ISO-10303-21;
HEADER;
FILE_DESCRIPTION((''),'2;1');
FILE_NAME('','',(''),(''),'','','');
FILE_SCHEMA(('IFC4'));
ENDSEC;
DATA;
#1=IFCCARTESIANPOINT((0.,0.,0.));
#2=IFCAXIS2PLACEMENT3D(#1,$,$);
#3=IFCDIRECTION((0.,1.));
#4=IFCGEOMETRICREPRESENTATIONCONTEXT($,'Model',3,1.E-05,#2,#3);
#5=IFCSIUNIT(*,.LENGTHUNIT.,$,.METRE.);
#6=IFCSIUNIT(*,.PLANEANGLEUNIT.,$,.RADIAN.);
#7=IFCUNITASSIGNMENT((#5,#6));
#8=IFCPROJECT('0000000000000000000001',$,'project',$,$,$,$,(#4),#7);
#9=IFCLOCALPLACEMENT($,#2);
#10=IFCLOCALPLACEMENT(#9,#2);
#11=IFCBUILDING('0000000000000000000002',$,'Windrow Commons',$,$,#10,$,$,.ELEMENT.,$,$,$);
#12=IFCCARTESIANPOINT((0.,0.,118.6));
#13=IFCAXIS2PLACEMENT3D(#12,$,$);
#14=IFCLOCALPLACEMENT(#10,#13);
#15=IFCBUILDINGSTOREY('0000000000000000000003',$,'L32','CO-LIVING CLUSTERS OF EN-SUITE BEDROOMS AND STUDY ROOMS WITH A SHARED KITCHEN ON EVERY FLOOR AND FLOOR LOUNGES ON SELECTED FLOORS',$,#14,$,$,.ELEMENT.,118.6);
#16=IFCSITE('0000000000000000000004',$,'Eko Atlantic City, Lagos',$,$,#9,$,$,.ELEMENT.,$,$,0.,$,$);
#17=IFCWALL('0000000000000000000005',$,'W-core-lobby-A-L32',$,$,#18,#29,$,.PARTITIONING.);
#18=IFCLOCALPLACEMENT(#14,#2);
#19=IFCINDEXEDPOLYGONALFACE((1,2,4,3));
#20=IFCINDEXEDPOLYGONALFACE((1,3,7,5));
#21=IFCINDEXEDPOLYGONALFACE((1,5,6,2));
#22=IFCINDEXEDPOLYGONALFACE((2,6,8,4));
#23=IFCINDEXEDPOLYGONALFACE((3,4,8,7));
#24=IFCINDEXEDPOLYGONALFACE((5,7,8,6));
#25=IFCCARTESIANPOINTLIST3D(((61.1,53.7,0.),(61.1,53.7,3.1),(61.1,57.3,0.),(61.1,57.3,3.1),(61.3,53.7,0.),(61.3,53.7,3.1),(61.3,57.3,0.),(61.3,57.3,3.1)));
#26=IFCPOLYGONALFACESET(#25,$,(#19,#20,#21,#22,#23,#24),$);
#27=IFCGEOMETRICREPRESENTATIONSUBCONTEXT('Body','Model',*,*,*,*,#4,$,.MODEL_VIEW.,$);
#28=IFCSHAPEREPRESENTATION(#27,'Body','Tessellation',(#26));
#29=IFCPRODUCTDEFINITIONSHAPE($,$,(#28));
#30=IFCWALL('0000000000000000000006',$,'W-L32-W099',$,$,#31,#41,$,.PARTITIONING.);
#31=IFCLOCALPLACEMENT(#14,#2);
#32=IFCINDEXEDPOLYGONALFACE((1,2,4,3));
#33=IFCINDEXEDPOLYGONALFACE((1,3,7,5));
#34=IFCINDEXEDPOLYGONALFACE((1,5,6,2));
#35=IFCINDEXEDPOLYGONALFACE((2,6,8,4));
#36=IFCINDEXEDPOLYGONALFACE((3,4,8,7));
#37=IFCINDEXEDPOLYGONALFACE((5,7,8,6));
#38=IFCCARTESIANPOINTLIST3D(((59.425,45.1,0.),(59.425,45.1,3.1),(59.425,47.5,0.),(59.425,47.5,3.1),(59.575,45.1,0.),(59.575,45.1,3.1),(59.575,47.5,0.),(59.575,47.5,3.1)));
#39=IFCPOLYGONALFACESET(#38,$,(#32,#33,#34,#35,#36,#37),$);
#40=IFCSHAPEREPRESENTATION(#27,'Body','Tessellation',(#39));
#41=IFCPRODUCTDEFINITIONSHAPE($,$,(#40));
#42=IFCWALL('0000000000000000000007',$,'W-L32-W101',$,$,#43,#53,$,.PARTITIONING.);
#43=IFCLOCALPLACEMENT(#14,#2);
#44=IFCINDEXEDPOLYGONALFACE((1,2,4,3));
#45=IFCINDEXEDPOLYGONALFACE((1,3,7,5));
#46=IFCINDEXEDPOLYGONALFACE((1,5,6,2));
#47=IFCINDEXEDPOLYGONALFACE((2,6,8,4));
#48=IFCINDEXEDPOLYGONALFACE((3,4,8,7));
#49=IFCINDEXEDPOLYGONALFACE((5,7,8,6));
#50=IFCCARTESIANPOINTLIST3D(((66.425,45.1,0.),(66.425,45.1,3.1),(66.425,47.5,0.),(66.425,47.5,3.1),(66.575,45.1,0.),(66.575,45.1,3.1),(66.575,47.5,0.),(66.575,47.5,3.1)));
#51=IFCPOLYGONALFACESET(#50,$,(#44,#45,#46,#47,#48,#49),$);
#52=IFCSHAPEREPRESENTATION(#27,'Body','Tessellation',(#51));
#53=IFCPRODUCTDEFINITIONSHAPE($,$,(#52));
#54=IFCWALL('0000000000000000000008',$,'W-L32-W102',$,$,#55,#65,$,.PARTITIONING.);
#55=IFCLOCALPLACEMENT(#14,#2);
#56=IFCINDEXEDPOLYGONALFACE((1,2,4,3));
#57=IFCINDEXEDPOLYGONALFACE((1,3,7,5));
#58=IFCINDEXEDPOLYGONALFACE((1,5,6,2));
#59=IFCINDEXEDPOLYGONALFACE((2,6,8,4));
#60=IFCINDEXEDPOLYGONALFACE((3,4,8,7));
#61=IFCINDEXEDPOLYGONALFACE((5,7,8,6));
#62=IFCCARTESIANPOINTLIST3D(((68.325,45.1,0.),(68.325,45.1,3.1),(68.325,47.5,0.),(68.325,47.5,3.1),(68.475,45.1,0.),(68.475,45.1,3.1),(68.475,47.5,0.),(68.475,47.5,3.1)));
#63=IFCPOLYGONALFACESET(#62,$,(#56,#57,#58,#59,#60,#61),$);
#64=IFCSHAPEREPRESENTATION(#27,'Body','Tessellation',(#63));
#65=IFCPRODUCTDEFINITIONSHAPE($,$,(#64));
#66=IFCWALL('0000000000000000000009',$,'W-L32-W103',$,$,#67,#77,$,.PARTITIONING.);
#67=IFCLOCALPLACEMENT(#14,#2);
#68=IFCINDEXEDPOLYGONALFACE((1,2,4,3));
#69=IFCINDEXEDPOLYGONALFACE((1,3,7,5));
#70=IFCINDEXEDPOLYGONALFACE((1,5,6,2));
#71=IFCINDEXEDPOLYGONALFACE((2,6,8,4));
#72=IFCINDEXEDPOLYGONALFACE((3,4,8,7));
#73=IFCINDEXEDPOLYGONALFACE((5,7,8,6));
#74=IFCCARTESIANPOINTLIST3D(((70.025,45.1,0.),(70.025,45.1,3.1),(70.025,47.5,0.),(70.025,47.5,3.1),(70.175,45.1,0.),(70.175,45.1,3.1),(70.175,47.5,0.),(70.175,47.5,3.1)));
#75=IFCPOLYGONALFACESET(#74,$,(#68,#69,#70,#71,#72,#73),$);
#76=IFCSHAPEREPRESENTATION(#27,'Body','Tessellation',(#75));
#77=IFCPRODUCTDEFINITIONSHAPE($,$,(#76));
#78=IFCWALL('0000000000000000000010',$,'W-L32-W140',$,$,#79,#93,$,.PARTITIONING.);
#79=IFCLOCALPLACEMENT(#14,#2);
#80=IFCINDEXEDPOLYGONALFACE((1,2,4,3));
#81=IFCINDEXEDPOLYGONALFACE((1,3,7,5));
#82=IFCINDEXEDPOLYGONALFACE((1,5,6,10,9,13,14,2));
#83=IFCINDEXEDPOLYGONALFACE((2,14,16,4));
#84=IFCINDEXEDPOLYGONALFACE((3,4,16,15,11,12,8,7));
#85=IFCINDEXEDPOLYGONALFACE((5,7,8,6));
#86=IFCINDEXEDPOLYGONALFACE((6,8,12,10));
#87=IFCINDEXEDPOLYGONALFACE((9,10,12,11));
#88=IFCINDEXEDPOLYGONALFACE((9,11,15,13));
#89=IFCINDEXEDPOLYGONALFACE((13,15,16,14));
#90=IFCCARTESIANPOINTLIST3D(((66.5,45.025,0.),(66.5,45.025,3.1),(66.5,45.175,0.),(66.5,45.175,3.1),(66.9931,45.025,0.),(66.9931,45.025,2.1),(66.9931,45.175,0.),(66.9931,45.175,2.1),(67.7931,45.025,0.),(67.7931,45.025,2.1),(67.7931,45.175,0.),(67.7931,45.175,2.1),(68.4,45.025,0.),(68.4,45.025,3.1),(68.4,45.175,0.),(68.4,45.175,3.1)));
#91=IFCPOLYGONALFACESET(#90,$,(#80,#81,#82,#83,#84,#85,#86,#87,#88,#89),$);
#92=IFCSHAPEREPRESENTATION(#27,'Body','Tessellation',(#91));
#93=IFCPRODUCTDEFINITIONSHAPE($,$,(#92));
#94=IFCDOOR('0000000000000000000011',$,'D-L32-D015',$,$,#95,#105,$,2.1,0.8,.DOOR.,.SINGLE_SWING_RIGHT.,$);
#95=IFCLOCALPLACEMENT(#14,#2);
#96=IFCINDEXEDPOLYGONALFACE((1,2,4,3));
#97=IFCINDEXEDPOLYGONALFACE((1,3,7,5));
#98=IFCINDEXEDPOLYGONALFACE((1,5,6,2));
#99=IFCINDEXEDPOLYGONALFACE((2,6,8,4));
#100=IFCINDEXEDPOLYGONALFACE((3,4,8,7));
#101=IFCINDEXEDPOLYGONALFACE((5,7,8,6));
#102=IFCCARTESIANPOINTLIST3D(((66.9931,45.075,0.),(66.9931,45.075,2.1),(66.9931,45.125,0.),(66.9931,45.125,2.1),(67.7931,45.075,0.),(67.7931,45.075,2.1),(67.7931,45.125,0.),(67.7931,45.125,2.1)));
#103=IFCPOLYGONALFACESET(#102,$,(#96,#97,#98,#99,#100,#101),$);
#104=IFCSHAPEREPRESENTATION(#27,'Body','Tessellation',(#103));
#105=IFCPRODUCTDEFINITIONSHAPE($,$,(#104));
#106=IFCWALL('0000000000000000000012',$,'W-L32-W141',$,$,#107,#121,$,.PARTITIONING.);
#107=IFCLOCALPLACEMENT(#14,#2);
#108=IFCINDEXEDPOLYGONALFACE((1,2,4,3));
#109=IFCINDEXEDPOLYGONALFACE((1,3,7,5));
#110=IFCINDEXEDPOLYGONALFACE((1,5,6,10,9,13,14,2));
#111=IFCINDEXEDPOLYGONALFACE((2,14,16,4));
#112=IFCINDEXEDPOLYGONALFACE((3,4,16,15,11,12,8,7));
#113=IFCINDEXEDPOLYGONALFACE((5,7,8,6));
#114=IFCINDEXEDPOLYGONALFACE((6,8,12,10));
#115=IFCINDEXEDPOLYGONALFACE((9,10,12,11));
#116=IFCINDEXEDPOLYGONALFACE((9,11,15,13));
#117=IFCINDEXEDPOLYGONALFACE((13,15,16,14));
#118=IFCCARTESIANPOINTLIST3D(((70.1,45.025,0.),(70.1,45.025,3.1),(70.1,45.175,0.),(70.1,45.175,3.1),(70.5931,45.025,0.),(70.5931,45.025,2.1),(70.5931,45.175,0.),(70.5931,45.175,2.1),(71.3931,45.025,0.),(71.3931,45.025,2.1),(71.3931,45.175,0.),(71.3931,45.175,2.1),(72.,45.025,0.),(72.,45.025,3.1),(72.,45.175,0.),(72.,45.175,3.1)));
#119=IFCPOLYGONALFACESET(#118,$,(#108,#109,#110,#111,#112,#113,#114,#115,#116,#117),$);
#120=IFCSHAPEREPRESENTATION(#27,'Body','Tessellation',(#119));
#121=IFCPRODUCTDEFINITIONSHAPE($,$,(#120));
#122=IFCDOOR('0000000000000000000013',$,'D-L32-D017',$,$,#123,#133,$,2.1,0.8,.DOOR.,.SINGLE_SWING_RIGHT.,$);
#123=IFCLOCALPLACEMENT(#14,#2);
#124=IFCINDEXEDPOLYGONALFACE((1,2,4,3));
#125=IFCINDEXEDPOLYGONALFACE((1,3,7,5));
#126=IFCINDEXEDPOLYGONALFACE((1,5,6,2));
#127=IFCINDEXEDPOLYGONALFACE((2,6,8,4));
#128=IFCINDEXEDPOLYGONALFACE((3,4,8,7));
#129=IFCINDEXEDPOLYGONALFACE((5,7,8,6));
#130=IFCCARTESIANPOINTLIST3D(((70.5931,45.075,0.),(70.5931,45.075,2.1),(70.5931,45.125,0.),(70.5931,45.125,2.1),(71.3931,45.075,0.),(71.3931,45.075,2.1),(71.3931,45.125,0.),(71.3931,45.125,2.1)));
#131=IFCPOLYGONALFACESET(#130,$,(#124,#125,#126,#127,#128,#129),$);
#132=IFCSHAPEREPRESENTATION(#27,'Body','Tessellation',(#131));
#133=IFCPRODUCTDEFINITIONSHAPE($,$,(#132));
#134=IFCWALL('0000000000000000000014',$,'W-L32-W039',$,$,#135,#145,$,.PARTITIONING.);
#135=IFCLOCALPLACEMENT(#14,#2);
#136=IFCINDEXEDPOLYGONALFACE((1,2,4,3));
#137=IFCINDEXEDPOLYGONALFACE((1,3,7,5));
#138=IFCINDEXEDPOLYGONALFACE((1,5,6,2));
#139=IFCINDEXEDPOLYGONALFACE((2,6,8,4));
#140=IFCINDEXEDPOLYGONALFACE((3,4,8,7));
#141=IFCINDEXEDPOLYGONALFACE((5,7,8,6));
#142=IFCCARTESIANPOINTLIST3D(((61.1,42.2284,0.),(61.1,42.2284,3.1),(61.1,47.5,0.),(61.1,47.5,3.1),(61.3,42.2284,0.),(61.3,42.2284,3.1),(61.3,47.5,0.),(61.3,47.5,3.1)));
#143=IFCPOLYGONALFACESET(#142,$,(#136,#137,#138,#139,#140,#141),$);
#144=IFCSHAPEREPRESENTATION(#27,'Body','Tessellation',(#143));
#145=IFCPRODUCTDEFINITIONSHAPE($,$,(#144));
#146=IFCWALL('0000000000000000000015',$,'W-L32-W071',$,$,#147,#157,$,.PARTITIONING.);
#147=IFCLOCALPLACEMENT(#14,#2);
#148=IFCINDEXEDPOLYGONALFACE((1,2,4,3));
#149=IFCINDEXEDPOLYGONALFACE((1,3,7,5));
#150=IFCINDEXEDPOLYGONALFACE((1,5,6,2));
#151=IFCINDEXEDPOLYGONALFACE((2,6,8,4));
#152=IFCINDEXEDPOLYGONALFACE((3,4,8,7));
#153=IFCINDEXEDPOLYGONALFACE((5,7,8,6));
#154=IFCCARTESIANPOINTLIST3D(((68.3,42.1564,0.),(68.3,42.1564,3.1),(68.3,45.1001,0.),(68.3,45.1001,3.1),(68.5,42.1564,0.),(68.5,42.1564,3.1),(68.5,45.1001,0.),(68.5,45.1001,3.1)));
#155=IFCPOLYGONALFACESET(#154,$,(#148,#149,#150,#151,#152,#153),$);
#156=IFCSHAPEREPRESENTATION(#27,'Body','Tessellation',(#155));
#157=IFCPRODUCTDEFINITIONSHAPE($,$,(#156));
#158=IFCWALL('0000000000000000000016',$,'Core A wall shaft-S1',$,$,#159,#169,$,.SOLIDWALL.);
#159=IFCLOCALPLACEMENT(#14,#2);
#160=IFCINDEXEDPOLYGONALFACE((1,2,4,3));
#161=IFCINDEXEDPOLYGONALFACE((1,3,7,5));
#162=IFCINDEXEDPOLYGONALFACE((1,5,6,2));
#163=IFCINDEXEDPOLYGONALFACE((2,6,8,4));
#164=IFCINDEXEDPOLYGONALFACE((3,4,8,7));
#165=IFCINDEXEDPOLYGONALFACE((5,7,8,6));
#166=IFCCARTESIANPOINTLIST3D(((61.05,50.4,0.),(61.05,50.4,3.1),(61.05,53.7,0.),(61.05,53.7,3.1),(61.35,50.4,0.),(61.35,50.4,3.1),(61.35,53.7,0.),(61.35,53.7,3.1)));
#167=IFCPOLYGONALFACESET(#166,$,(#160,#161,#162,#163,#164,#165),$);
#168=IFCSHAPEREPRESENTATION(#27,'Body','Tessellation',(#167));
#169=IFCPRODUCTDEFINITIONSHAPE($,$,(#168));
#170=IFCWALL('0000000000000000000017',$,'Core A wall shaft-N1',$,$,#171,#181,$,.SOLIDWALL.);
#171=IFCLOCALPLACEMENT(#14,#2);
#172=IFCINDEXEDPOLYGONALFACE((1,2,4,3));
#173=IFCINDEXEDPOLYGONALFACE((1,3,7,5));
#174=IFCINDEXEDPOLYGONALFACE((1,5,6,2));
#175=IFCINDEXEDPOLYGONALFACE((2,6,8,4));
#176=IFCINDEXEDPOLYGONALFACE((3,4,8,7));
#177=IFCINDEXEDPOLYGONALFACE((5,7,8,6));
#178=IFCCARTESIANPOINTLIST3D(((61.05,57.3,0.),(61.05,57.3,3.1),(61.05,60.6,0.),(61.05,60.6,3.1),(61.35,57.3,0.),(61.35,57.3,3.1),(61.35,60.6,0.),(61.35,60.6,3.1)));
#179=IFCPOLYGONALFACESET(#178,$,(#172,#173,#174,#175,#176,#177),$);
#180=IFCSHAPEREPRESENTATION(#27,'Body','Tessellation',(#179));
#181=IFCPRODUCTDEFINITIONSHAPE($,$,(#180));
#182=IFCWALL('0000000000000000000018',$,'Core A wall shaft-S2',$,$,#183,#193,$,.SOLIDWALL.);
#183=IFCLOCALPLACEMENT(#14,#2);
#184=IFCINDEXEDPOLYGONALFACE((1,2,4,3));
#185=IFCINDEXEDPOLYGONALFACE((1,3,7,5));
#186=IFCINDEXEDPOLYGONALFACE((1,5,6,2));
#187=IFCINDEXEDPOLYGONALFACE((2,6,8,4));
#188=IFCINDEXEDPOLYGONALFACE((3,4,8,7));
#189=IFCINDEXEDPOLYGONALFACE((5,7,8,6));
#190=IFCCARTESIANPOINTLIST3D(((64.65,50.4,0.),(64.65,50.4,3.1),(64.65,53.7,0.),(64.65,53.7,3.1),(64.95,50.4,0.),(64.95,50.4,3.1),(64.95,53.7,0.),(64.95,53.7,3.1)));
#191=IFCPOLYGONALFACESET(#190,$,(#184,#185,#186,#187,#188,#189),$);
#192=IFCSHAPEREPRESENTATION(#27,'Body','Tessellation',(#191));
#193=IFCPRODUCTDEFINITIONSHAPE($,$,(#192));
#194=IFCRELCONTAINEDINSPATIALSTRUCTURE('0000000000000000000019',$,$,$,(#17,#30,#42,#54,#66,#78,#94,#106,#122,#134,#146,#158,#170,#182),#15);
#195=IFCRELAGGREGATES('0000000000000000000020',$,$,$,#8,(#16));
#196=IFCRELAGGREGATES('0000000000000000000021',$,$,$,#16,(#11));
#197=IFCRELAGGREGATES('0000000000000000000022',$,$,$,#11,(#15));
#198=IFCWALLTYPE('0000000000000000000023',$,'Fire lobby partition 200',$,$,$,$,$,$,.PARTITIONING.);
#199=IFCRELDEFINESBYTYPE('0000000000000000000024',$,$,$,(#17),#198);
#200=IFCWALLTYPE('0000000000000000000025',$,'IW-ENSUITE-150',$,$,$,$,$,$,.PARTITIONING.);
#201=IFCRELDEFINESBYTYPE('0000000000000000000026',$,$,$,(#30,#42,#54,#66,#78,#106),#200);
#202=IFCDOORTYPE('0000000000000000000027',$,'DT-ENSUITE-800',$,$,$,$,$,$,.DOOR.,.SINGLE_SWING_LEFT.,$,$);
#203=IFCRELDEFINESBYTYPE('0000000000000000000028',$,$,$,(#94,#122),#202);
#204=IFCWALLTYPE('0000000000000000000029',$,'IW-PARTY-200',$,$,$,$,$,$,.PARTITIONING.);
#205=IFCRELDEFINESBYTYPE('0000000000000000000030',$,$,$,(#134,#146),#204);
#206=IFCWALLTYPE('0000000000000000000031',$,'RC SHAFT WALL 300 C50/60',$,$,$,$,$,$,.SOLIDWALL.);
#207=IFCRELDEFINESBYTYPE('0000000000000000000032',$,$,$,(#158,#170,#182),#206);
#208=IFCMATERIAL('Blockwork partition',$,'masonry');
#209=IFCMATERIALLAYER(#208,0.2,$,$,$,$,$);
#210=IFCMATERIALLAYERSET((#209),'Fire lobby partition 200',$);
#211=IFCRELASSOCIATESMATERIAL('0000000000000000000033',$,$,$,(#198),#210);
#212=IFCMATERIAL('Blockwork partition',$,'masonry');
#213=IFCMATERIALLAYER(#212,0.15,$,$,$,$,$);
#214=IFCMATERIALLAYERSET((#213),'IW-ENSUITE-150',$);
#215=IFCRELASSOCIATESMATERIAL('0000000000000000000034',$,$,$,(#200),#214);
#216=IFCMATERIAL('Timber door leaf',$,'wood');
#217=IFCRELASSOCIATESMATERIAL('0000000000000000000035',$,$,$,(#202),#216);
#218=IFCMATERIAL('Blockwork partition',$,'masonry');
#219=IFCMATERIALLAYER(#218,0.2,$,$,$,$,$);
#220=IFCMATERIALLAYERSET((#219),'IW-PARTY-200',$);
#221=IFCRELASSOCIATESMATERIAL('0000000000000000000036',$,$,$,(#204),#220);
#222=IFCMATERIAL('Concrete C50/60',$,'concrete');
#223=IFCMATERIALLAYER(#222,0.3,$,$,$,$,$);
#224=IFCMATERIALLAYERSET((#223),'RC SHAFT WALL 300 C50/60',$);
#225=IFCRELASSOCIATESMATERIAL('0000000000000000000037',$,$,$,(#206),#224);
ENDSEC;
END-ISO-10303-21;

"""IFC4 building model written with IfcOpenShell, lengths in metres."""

from ifc_helpers import new_model, si_unit, direction, frame, frame_2d, origin, place, context, subcontext, project, spatial, rectangle, extrude, material, layer, layer_set, type_object, element, fill, save


model = new_model("IFC4")

# Units and contexts
model_context = context("Model", 3, precision=1e-05, world=origin(), true_north=direction((0.0, 1.0)))
body_context = subcontext(model_context, "Body", "Model", "MODEL_VIEW")
ifc_project = project(units=[si_unit("LENGTHUNIT", "METRE"), si_unit("PLANEANGLEUNIT", "RADIAN")], contexts=[model_context])

# Site, building, storey
site_placement = place(None, origin())
site = spatial("IfcSite", under=ifc_project, at=site_placement, Name="Eko Atlantic City, Lagos", CompositionType="ELEMENT", RefElevation=0.0)
building_placement = place(site_placement, origin())
building = spatial("IfcBuilding", under=site, at=building_placement, Name="Windrow Commons", CompositionType="ELEMENT")
storey_placement = place(building_placement, frame((0.0, 0.0, 118.6)))
storey = spatial("IfcBuildingStorey", under=building, at=storey_placement, Name="L32", Description="CO-LIVING CLUSTERS OF EN-SUITE BEDROOMS AND STUDY ROOMS WITH A SHARED KITCHEN ON EVERY FLOOR AND FLOOR LOUNGES ON SELECTED FLOORS", CompositionType="ELEMENT", Elevation=118.6)

# Walls
ifc_material_1 = material(Name="Blockwork partition", Category="masonry")
ifc_layer_1 = layer(ifc_material_1, 0.2)
ifc_layer_set_1 = layer_set([ifc_layer_1], Name="Fire lobby partition 200")
wall_type_1 = type_object("IfcWallType", Name="Fire lobby partition 200", PredefinedType="PARTITIONING", material=ifc_layer_set_1)
wall_1_placement = place(storey_placement, frame((61.2, 53.7, 0.0), z_axis=(0.0, 0.0, 1.0), x_axis=(0.0, 1.0, 0.0)))
element("IfcWall", 1, at=wall_1_placement, inside=storey, type_object=wall_type_1, Name="W-core-lobby-A-L32", PredefinedType="PARTITIONING", context=body_context, shape_type="SweptSolid", body=[
    extrude(rectangle(XDim=3.6, YDim=0.2, at=frame_2d((1.8, 0.0))), origin(), (0.0, 0.0, 1.0), 3.1),
])
ifc_material_2 = material(Name="Blockwork partition", Category="masonry")
ifc_layer_2 = layer(ifc_material_2, 0.15)
ifc_layer_set_2 = layer_set([ifc_layer_2], Name="IW-ENSUITE-150")
wall_type_2 = type_object("IfcWallType", Name="IW-ENSUITE-150", PredefinedType="PARTITIONING", material=ifc_layer_set_2)
for number, where, z_axis, x_axis, name in (
    (2, (59.5, 45.1, 0.0), (0.0, 0.0, 1.0), (0.0, 1.0, 0.0), "W-L32-W099"),
    (3, (66.5, 45.1, 0.0), (0.0, 0.0, 1.0), (0.0, 1.0, 0.0), "W-L32-W101"),
    (4, (68.4, 45.1, 0.0), (0.0, 0.0, 1.0), (0.0, 1.0, 0.0), "W-L32-W102"),
    (5, (70.1, 45.1, 0.0), (0.0, 0.0, 1.0), (0.0, 1.0, 0.0), "W-L32-W103"),
):
    element("IfcWall", number, at=place(storey_placement, frame(where, z_axis=z_axis, x_axis=x_axis)), inside=storey, type_object=wall_type_2, Name=name, PredefinedType="PARTITIONING", context=body_context, shape_type="SweptSolid", body=[
        extrude(rectangle(XDim=2.4, YDim=0.15, at=frame_2d((1.2, 0.0))), origin(), (0.0, 0.0, 1.0), 3.1),
    ])

# Walls, openings, doors
wall_2_placement = place(storey_placement, frame((66.5, 45.1, 0.0), z_axis=(0.0, 0.0, 1.0), x_axis=(1.0, 0.0, 0.0)))
wall_2 = element("IfcWall", 6, at=wall_2_placement, inside=storey, type_object=wall_type_2, Name="W-L32-W140", PredefinedType="PARTITIONING", context=body_context, shape_type="SweptSolid", body=[
    extrude(rectangle(XDim=1.9, YDim=0.15, at=frame_2d((0.95, 0.0))), origin(), (0.0, 0.0, 1.0), 3.1),
])
opening_1_placement = place(wall_2_placement, frame((0.4931, 0.0, 0.0)))
opening_1 = element("IfcOpeningElement", 7, at=opening_1_placement, cuts=wall_2, PredefinedType="OPENING", context=body_context, shape_type="SweptSolid", body=[
    extrude(rectangle(XDim=0.8, YDim=2.1, at=frame_2d((0.4, 1.05))), frame((0.0, 0.085, 0.0), z_axis=(0.0, -1.0, 0.0), x_axis=(1.0, 0.0, 0.0)), (0.0, 0.0, 1.0), 0.17),
])
ifc_material_3 = material(Name="Timber door leaf", Category="wood")
door_type = type_object("IfcDoorType", Name="DT-ENSUITE-800", OperationType="SINGLE_SWING_LEFT", PredefinedType="DOOR", material=ifc_material_3)
door_1_placement = place(opening_1_placement, origin())
door_1 = element("IfcDoor", 8, at=door_1_placement, inside=storey, type_object=door_type, Name="D-L32-D015", OperationType="SINGLE_SWING_RIGHT", OverallHeight=2.1, OverallWidth=0.8, PredefinedType="DOOR", context=body_context, shape_type="SweptSolid", body=[
    extrude(rectangle(XDim=0.8, YDim=2.1, at=frame_2d((0.4, 1.05))), frame((0.0, 0.025, 0.0), z_axis=(0.0, -1.0, 0.0), x_axis=(1.0, 0.0, 0.0)), (0.0, 0.0, 1.0), 0.05),
])
fill(opening_1, door_1)
wall_3_placement = place(storey_placement, frame((70.1, 45.1, 0.0), z_axis=(0.0, 0.0, 1.0), x_axis=(1.0, 0.0, 0.0)))
wall_3 = element("IfcWall", 9, at=wall_3_placement, inside=storey, type_object=wall_type_2, Name="W-L32-W141", PredefinedType="PARTITIONING", context=body_context, shape_type="SweptSolid", body=[
    extrude(rectangle(XDim=1.9, YDim=0.15, at=frame_2d((0.95, 0.0))), origin(), (0.0, 0.0, 1.0), 3.1),
])
opening_2_placement = place(wall_3_placement, frame((0.4931, 0.0, 0.0)))
opening_2 = element("IfcOpeningElement", 10, at=opening_2_placement, cuts=wall_3, PredefinedType="OPENING", context=body_context, shape_type="SweptSolid", body=[
    extrude(rectangle(XDim=0.8, YDim=2.1, at=frame_2d((0.4, 1.05))), frame((0.0, 0.085, 0.0), z_axis=(0.0, -1.0, 0.0), x_axis=(1.0, 0.0, 0.0)), (0.0, 0.0, 1.0), 0.17),
])
door_2_placement = place(opening_2_placement, origin())
door_2 = element("IfcDoor", 11, at=door_2_placement, inside=storey, type_object=door_type, Name="D-L32-D017", OperationType="SINGLE_SWING_RIGHT", OverallHeight=2.1, OverallWidth=0.8, PredefinedType="DOOR", context=body_context, shape_type="SweptSolid", body=[
    extrude(rectangle(XDim=0.8, YDim=2.1, at=frame_2d((0.4, 1.05))), frame((0.0, 0.025, 0.0), z_axis=(0.0, -1.0, 0.0), x_axis=(1.0, 0.0, 0.0)), (0.0, 0.0, 1.0), 0.05),
])
fill(opening_2, door_2)

# Walls
ifc_material_4 = material(Name="Blockwork partition", Category="masonry")
ifc_layer_3 = layer(ifc_material_4, 0.2)
ifc_layer_set_3 = layer_set([ifc_layer_3], Name="IW-PARTY-200")
wall_type_3 = type_object("IfcWallType", Name="IW-PARTY-200", PredefinedType="PARTITIONING", material=ifc_layer_set_3)
wall_4_placement = place(storey_placement, frame((61.2, 42.2284, 0.0), z_axis=(0.0, 0.0, 1.0), x_axis=(0.0, 1.0, 0.0)))
element("IfcWall", 12, at=wall_4_placement, inside=storey, type_object=wall_type_3, Name="W-L32-W039", PredefinedType="PARTITIONING", context=body_context, shape_type="SweptSolid", body=[
    extrude(rectangle(XDim=5.2716, YDim=0.2, at=frame_2d((2.6358, 0.0))), origin(), (0.0, 0.0, 1.0), 3.1),
])
wall_5_placement = place(storey_placement, frame((68.4, 42.1563, 0.0), z_axis=(0.0, 0.0, 1.0), x_axis=(0.0, 1.0, 0.0)))
element("IfcWall", 13, at=wall_5_placement, inside=storey, type_object=wall_type_3, Name="W-L32-W071", PredefinedType="PARTITIONING", context=body_context, shape_type="SweptSolid", body=[
    extrude(rectangle(XDim=2.9437, YDim=0.2, at=frame_2d((1.4719, 0.0))), origin(), (0.0, 0.0, 1.0), 3.1),
])
ifc_material_5 = material(Name="Concrete C50/60", Category="concrete")
ifc_layer_4 = layer(ifc_material_5, 0.3)
ifc_layer_set_4 = layer_set([ifc_layer_4], Name="RC SHAFT WALL 300 C50/60")
wall_type_4 = type_object("IfcWallType", Name="RC SHAFT WALL 300 C50/60", PredefinedType="SOLIDWALL", material=ifc_layer_set_4)
for number, where, z_axis, x_axis, name in (
    (14, (61.2, 50.4, 0.0), (0.0, 0.0, 1.0), (0.0, 1.0, 0.0), "Core A wall shaft-S1"),
    (15, (61.2, 57.3, 0.0), (0.0, 0.0, 1.0), (0.0, 1.0, 0.0), "Core A wall shaft-N1"),
    (16, (64.8, 50.4, 0.0), (0.0, 0.0, 1.0), (0.0, 1.0, 0.0), "Core A wall shaft-S2"),
):
    element("IfcWall", number, at=place(storey_placement, frame(where, z_axis=z_axis, x_axis=x_axis)), inside=storey, type_object=wall_type_4, Name=name, PredefinedType="SOLIDWALL", context=body_context, shape_type="SweptSolid", body=[
        extrude(rectangle(XDim=3.3, YDim=0.3, at=frame_2d((1.65, 0.0))), origin(), (0.0, 0.0, 1.0), 3.1),
    ])

save(model, "model.ifc")
